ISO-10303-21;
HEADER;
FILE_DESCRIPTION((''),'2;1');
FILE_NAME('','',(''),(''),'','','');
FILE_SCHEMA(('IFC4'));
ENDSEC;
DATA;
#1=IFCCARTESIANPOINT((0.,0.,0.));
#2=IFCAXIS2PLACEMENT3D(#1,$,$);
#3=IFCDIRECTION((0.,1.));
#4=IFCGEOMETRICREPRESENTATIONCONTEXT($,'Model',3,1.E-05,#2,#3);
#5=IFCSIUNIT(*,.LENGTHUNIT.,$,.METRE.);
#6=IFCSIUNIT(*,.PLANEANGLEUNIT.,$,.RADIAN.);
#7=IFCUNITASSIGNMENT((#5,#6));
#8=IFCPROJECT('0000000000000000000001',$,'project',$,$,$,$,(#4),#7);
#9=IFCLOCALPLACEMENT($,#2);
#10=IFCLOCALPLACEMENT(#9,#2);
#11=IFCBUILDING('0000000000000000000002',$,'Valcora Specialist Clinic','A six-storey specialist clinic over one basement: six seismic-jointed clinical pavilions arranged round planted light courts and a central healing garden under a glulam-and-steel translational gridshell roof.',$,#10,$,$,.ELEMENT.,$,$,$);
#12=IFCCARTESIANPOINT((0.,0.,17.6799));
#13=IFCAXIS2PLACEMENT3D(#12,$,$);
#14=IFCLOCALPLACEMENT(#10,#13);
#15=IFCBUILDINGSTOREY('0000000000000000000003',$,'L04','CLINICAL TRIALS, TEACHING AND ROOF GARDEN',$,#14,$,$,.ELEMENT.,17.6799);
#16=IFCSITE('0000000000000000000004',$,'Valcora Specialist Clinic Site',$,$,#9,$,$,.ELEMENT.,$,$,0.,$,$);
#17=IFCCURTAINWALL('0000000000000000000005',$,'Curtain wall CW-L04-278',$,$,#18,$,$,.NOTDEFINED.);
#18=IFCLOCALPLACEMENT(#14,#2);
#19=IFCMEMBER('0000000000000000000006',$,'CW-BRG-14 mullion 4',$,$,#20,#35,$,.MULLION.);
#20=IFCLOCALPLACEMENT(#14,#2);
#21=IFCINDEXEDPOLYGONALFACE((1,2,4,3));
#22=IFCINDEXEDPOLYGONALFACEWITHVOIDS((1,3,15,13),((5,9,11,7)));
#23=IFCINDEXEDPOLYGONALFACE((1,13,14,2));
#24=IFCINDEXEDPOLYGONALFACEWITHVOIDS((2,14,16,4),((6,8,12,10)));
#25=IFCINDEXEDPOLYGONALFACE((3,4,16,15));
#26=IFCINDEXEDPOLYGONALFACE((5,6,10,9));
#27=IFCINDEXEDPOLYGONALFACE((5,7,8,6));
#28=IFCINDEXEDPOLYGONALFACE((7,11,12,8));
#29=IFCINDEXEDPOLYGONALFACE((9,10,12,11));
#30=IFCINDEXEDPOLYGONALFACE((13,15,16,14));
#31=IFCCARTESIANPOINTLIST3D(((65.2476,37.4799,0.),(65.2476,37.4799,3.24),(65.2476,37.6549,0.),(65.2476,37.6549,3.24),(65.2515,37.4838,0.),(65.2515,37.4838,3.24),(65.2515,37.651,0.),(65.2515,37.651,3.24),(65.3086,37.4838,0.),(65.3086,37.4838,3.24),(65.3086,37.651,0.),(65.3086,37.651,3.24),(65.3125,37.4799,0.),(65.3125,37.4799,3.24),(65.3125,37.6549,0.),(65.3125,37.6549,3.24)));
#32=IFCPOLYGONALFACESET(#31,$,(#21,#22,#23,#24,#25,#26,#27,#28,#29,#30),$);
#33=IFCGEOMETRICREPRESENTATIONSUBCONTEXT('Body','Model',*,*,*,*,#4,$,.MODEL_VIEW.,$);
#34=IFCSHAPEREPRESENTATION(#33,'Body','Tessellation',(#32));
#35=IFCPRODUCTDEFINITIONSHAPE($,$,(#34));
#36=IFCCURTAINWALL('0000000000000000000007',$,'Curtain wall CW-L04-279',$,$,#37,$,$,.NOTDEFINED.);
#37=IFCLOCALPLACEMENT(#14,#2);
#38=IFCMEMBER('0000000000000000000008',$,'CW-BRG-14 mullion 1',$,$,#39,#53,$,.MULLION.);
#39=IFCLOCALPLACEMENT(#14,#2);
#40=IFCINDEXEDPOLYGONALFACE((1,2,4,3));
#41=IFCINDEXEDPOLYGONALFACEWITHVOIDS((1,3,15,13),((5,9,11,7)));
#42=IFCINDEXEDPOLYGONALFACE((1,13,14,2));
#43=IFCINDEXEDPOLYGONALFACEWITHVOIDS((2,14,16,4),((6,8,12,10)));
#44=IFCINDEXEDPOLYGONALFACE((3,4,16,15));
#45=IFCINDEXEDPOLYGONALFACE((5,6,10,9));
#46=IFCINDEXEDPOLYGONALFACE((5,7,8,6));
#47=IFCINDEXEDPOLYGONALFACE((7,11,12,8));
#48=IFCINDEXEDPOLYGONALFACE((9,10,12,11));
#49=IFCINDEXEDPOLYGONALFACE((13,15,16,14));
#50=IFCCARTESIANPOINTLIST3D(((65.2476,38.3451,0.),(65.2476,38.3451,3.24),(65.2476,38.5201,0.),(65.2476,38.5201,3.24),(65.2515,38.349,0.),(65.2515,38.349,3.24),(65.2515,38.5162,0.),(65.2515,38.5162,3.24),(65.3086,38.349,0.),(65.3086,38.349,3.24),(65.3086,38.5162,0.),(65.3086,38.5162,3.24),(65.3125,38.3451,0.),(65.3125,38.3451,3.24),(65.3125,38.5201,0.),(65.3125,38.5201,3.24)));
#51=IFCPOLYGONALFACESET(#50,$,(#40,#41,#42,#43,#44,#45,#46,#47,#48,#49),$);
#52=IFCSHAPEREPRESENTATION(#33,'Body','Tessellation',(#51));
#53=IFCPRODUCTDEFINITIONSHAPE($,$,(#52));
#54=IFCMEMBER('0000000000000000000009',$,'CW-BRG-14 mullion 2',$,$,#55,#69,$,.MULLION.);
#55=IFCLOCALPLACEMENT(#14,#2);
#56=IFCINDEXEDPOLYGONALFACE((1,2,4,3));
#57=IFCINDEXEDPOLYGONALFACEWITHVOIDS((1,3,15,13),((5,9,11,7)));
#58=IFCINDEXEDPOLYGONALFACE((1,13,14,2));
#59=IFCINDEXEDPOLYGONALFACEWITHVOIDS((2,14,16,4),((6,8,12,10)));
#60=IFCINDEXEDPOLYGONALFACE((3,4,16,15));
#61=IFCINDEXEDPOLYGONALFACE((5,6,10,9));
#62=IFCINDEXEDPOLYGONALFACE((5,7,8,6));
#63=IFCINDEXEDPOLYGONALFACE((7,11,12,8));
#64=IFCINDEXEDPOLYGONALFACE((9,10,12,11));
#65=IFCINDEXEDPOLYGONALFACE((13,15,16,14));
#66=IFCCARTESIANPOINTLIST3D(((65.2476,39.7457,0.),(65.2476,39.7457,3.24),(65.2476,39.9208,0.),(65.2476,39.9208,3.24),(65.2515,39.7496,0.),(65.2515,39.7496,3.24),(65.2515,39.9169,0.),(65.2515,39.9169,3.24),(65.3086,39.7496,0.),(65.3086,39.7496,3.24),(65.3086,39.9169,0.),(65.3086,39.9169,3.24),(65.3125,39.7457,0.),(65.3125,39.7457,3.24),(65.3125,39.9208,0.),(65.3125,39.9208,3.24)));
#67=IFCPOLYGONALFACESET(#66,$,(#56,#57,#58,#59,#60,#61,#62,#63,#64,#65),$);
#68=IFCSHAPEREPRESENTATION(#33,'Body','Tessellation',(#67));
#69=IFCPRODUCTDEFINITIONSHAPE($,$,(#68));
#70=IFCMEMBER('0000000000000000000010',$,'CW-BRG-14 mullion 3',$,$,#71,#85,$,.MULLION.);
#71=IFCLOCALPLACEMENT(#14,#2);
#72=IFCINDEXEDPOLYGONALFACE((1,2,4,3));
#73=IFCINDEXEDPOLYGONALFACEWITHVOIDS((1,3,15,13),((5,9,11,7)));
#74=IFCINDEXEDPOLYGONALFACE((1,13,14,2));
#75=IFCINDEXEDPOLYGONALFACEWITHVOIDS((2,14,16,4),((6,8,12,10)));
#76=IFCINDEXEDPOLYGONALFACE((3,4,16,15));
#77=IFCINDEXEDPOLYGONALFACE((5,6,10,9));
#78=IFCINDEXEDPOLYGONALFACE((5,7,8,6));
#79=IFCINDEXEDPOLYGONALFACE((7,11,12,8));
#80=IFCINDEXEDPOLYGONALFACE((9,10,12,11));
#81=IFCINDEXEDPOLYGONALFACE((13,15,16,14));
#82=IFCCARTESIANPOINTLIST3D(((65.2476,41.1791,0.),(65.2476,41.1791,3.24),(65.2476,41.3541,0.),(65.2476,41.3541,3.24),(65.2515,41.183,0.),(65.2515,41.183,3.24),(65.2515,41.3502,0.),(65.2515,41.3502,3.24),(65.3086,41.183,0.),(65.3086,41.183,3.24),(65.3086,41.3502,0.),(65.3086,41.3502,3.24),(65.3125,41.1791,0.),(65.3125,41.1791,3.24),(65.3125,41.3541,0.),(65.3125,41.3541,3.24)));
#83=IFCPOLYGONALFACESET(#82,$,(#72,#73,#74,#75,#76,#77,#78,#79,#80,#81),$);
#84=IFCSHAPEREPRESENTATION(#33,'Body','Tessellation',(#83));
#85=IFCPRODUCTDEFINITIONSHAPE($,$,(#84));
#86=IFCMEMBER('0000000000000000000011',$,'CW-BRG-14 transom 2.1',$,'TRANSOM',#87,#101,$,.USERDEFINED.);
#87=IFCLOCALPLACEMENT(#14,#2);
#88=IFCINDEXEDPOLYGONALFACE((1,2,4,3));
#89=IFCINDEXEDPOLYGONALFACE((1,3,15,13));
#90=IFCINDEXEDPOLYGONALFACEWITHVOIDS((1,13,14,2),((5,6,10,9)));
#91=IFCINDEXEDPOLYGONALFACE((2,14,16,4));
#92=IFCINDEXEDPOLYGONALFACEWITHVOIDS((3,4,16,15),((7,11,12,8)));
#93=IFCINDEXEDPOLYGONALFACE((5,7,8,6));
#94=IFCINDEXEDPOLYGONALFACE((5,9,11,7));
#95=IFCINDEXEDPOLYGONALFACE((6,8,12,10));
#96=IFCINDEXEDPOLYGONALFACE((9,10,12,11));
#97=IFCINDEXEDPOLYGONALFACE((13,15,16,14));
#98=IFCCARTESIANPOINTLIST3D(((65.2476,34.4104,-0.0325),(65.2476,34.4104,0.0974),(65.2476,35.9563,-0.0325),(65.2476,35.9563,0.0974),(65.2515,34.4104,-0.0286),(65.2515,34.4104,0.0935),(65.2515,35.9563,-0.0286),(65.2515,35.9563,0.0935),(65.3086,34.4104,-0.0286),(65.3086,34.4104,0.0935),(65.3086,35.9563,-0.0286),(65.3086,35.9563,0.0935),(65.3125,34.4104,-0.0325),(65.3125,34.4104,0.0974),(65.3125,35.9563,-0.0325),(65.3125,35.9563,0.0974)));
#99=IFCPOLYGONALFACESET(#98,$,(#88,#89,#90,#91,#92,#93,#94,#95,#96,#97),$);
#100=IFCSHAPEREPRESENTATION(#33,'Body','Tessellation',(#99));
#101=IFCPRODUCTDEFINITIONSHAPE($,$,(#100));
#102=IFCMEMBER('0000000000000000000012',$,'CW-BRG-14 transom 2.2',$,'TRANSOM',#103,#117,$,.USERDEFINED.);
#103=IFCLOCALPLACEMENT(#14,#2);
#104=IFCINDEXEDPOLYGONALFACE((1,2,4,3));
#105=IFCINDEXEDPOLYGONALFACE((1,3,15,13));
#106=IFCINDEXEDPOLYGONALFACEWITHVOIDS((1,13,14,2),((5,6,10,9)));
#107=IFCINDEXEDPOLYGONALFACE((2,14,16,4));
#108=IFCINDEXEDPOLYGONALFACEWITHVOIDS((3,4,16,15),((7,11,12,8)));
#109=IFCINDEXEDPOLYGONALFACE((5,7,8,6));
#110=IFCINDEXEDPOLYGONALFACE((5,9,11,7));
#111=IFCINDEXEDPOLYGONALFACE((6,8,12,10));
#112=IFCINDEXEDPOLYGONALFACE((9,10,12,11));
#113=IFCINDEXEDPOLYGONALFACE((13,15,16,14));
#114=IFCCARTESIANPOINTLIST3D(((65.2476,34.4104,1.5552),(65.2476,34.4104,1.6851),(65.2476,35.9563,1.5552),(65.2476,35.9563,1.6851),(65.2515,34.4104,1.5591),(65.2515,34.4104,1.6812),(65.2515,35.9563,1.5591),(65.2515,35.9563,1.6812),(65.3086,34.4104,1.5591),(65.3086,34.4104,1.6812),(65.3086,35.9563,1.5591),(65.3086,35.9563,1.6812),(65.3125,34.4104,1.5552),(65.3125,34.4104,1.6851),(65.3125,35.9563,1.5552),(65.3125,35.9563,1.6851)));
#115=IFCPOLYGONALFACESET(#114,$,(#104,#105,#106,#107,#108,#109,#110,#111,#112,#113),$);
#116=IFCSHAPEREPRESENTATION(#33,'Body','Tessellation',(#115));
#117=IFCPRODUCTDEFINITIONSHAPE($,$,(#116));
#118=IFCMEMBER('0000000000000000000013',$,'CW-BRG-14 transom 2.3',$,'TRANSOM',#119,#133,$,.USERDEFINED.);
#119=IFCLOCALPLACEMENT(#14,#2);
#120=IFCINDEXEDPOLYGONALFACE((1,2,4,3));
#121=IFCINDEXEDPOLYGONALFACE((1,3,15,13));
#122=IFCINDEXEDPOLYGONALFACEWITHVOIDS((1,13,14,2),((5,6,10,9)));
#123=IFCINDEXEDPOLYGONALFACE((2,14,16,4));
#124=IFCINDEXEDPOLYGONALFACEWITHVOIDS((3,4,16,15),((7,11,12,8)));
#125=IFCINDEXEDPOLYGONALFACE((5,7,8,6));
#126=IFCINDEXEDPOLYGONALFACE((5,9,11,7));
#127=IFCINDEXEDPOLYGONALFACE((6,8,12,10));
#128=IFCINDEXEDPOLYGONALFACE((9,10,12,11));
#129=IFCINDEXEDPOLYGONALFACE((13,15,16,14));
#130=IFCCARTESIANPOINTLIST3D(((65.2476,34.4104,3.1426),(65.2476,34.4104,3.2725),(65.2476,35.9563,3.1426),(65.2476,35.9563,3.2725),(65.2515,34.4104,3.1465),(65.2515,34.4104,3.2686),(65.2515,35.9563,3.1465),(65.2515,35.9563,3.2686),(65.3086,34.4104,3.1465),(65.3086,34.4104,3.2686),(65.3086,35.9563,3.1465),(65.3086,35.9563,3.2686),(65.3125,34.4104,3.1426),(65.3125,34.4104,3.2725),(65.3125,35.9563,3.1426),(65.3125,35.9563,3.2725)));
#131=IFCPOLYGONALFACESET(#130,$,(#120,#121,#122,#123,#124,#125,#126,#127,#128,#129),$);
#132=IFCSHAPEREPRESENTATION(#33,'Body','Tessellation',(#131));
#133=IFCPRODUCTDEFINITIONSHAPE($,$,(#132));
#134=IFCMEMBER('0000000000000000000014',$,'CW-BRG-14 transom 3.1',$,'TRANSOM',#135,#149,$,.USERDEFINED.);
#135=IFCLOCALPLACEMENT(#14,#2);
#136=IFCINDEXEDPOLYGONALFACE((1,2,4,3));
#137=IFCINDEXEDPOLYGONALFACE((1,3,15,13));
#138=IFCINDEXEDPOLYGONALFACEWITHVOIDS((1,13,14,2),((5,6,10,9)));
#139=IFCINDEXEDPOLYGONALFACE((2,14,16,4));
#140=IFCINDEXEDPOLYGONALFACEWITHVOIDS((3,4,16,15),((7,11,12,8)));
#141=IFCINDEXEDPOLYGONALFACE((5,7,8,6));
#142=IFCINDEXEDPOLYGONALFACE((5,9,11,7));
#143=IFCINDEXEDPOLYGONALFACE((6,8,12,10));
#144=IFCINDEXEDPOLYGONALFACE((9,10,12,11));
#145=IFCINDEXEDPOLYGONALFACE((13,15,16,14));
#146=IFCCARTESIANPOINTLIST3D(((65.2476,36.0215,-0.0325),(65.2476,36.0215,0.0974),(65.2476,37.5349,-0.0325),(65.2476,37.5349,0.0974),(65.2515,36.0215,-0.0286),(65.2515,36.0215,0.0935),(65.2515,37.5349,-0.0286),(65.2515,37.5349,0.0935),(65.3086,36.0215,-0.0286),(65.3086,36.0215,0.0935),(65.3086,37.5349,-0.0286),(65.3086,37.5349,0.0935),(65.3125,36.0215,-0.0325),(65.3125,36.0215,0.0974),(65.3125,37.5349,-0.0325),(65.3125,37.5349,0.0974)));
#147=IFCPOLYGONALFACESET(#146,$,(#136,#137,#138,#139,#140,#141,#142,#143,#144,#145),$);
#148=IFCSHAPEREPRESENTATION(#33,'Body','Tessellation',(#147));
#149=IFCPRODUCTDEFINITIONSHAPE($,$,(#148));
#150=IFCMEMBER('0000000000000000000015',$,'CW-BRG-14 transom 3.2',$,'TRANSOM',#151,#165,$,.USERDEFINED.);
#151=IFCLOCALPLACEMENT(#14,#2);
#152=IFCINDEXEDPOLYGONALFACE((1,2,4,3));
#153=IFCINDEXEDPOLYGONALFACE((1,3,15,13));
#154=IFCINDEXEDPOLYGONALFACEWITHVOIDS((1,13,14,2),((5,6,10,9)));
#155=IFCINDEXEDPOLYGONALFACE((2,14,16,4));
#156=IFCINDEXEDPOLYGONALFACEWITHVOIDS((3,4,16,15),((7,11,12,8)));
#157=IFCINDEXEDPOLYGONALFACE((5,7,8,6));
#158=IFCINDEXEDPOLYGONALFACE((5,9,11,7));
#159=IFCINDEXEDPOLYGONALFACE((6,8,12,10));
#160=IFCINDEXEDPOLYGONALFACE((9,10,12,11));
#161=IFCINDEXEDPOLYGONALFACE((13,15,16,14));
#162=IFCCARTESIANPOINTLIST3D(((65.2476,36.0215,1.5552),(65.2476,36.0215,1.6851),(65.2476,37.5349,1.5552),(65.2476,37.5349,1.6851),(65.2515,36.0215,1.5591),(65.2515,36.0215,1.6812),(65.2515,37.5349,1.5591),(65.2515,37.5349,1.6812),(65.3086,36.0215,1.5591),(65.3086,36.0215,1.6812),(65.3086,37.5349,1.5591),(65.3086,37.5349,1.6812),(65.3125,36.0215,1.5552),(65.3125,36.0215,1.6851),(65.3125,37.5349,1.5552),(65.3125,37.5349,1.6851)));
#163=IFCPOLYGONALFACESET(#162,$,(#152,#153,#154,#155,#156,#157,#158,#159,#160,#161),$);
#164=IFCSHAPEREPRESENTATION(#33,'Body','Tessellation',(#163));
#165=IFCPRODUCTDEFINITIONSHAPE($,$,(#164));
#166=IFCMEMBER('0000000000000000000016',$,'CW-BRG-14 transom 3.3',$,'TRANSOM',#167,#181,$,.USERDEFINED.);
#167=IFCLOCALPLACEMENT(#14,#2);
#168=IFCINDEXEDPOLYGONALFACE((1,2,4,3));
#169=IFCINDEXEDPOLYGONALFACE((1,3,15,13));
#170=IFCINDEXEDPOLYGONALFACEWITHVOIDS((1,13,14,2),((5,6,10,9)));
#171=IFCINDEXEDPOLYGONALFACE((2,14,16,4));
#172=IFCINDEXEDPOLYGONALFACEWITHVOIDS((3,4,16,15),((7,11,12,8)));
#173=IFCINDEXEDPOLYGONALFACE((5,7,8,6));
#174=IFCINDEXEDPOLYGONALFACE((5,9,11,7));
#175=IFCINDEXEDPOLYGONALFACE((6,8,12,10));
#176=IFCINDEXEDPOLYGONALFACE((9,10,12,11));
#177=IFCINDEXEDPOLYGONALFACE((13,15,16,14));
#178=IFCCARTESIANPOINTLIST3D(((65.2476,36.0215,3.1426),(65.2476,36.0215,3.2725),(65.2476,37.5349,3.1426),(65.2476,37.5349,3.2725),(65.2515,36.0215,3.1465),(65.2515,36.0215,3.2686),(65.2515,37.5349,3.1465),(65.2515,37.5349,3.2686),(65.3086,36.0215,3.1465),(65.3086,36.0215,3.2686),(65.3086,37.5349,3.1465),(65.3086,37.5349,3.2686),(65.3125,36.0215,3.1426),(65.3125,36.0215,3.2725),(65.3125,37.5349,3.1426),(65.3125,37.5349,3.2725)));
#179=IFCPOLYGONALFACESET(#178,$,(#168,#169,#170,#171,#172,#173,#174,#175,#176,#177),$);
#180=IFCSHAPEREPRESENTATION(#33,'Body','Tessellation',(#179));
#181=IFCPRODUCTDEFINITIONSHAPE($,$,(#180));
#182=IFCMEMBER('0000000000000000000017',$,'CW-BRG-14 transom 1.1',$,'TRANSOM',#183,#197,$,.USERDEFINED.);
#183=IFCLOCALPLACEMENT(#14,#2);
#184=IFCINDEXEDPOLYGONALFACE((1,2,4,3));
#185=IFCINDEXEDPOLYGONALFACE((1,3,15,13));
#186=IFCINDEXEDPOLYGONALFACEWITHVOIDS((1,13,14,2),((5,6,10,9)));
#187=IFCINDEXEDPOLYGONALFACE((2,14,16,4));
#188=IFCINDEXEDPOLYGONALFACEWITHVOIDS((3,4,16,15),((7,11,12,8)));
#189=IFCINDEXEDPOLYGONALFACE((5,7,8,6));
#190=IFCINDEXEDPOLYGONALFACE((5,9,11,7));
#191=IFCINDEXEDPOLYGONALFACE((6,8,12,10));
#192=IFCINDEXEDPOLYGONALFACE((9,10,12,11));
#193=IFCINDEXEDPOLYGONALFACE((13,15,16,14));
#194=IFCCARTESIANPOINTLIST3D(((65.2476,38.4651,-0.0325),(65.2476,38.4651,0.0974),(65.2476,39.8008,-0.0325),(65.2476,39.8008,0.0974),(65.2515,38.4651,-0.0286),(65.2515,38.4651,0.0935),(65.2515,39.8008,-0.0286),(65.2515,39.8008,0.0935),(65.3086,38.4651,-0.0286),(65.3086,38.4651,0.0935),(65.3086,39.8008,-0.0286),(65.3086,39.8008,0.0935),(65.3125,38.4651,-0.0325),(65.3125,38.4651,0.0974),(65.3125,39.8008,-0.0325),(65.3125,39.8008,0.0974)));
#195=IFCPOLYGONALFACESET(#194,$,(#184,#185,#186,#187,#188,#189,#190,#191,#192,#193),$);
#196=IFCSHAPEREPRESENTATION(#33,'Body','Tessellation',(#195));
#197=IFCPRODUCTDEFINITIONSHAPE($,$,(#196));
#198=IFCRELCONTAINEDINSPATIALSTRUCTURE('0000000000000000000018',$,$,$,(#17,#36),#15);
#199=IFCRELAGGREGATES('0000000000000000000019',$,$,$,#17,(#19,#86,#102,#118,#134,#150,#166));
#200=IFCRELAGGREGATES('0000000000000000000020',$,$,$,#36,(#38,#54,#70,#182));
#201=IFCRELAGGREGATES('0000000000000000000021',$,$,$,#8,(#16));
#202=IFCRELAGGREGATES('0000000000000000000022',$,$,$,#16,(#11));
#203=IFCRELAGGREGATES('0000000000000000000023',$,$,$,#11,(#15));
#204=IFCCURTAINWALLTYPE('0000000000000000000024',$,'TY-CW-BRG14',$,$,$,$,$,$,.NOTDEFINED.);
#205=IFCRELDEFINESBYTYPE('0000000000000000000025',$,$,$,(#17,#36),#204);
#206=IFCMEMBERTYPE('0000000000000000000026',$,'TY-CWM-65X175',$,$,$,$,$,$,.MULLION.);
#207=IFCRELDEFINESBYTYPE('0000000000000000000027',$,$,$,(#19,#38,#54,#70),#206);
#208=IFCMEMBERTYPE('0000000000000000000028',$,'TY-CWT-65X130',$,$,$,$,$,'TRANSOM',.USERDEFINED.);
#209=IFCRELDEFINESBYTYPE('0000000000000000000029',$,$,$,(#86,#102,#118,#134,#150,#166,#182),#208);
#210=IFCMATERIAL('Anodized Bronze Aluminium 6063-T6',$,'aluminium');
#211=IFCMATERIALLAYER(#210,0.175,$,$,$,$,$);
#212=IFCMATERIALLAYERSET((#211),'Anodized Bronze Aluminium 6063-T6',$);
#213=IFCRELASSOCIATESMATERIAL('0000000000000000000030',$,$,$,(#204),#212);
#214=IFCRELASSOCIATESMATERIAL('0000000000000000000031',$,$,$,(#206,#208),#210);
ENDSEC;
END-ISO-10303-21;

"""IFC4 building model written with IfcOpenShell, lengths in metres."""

from ifc_helpers import new_model, si_unit, direction, frame, origin, origin_2d, place, context, subcontext, project, spatial, hollow_rectangle, extrude, material, layer, layer_set, material_profile, profile_set, type_object, element, aggregate, save


model = new_model("IFC4")

# Units and contexts
model_context = context("Model", 3, precision=1e-05, world=origin(), true_north=direction((0.0, 1.0)))
body_context = subcontext(model_context, "Body", "Model", "MODEL_VIEW")
ifc_project = project(units=[si_unit("LENGTHUNIT", "METRE"), si_unit("PLANEANGLEUNIT", "RADIAN")], contexts=[model_context])

# Site, building, storey
site_placement = place(None, origin())
site = spatial("IfcSite", under=ifc_project, at=site_placement, Name="Valcora Specialist Clinic Site", CompositionType="ELEMENT", RefElevation=0.0)
building_placement = place(site_placement, origin())
building = spatial("IfcBuilding", under=site, at=building_placement, Name="Valcora Specialist Clinic", Description="A six-storey specialist clinic over one basement: six seismic-jointed clinical pavilions arranged round planted light courts and a central healing garden under a glulam-and-steel translational gridshell roof.", CompositionType="ELEMENT")
storey_placement = place(building_placement, frame((0.0, 0.0, 17.6799)))
storey = spatial("IfcBuildingStorey", under=building, at=storey_placement, Name="L04", Description="CLINICAL TRIALS, TEACHING AND ROOF GARDEN", CompositionType="ELEMENT", Elevation=17.6799)

# Curtain walls, members
ifc_material_1 = material(Name="Anodized Bronze Aluminium 6063-T6", Category="aluminium")
ifc_layer_1 = layer(ifc_material_1, 0.175)
ifc_layer_set_1 = layer_set([ifc_layer_1], Name="Anodized Bronze Aluminium 6063-T6")
curtain_wall_type = type_object("IfcCurtainWallType", Name="TY-CW-BRG14", PredefinedType="NOTDEFINED", material=ifc_layer_set_1)
curtain_wall_1_placement = place(storey_placement, origin())
curtain_wall_1 = element("IfcCurtainWall", 1, at=curtain_wall_1_placement, inside=storey, type_object=curtain_wall_type, Name="Curtain wall CW-L04-278", PredefinedType="NOTDEFINED")
ifc_material_profile_1 = material_profile(ifc_material_1, hollow_rectangle(XDim=0.0649, YDim=0.175, WallThickness=0.0039, at=origin_2d()), Name="AL-MUL-65X175")
ifc_profile_set_1 = profile_set([ifc_material_profile_1], Name="Anodized Bronze Aluminium 6063-T6")
member_type_1 = type_object("IfcMemberType", Name="TY-CWM-65X175", PredefinedType="MULLION", material=ifc_profile_set_1)
member_1_placement = place(storey_placement, frame((65.28, 37.5674, 0.0), z_axis=(0.0, 0.0, 1.0), x_axis=(-1.0, 0.0, 0.0)))
member_1 = element("IfcMember", 2, at=member_1_placement, type_object=member_type_1, Name="CW-BRG-14 mullion 4", PredefinedType="MULLION", context=body_context, shape_type="SweptSolid", body=[
    extrude(hollow_rectangle(XDim=0.0649, YDim=0.175, WallThickness=0.0039, at=origin_2d()), origin(), (0.0, 0.0, 1.0), 3.24),
])
curtain_wall_2_placement = place(storey_placement, origin())
curtain_wall_2 = element("IfcCurtainWall", 3, at=curtain_wall_2_placement, inside=storey, type_object=curtain_wall_type, Name="Curtain wall CW-L04-279", PredefinedType="NOTDEFINED")
member_2_placement = place(storey_placement, frame((65.28, 38.4326, 0.0), z_axis=(0.0, 0.0, 1.0), x_axis=(-1.0, 0.0, 0.0)))
member_2 = element("IfcMember", 4, at=member_2_placement, type_object=member_type_1, Name="CW-BRG-14 mullion 1", PredefinedType="MULLION", context=body_context, shape_type="SweptSolid", body=[
    extrude(hollow_rectangle(XDim=0.0649, YDim=0.175, WallThickness=0.0039, at=origin_2d()), origin(), (0.0, 0.0, 1.0), 3.24),
])
member_3_placement = place(storey_placement, frame((65.28, 39.8333, 0.0), z_axis=(0.0, 0.0, 1.0), x_axis=(-1.0, 0.0, 0.0)))
member_3 = element("IfcMember", 5, at=member_3_placement, type_object=member_type_1, Name="CW-BRG-14 mullion 2", PredefinedType="MULLION", context=body_context, shape_type="SweptSolid", body=[
    extrude(hollow_rectangle(XDim=0.0649, YDim=0.175, WallThickness=0.0039, at=origin_2d()), origin(), (0.0, 0.0, 1.0), 3.24),
])
member_4_placement = place(storey_placement, frame((65.28, 41.2666, 0.0), z_axis=(0.0, 0.0, 1.0), x_axis=(-1.0, 0.0, 0.0)))
member_4 = element("IfcMember", 6, at=member_4_placement, type_object=member_type_1, Name="CW-BRG-14 mullion 3", PredefinedType="MULLION", context=body_context, shape_type="SweptSolid", body=[
    extrude(hollow_rectangle(XDim=0.0649, YDim=0.175, WallThickness=0.0039, at=origin_2d()), origin(), (0.0, 0.0, 1.0), 3.24),
])

# Members
ifc_material_profile_2 = material_profile(ifc_material_1, hollow_rectangle(XDim=0.0649, YDim=0.1299, WallThickness=0.0039, at=origin_2d()), Name="AL-TRN-65X130")
ifc_profile_set_2 = profile_set([ifc_material_profile_2], Name="Anodized Bronze Aluminium 6063-T6")
member_type_2 = type_object("IfcMemberType", Name="TY-CWT-65X130", ElementType="TRANSOM", PredefinedType="USERDEFINED", material=ifc_profile_set_2)
member_5_placement = place(storey_placement, frame((65.28, 34.4104, 0.0325), z_axis=(0.0, 1.0, 0.0), x_axis=(-1.0, 0.0, 0.0)))
member_5 = element("IfcMember", 7, at=member_5_placement, type_object=member_type_2, Name="CW-BRG-14 transom 2.1", ObjectType="TRANSOM", PredefinedType="USERDEFINED", context=body_context, shape_type="SweptSolid", body=[
    extrude(hollow_rectangle(XDim=0.0649, YDim=0.1299, WallThickness=0.0039, at=origin_2d()), origin(), (0.0, 0.0, 1.0), 1.5459),
])
member_6_placement = place(storey_placement, frame((65.28, 34.4104, 1.6201), z_axis=(0.0, 1.0, 0.0), x_axis=(-1.0, 0.0, 0.0)))
member_6 = element("IfcMember", 8, at=member_6_placement, type_object=member_type_2, Name="CW-BRG-14 transom 2.2", ObjectType="TRANSOM", PredefinedType="USERDEFINED", context=body_context, shape_type="SweptSolid", body=[
    extrude(hollow_rectangle(XDim=0.0649, YDim=0.1299, WallThickness=0.0039, at=origin_2d()), origin(), (0.0, 0.0, 1.0), 1.5459),
])
member_7_placement = place(storey_placement, frame((65.28, 34.4104, 3.2075), z_axis=(0.0, 1.0, 0.0), x_axis=(-1.0, 0.0, 0.0)))
member_7 = element("IfcMember", 9, at=member_7_placement, type_object=member_type_2, Name="CW-BRG-14 transom 2.3", ObjectType="TRANSOM", PredefinedType="USERDEFINED", context=body_context, shape_type="SweptSolid", body=[
    extrude(hollow_rectangle(XDim=0.0649, YDim=0.1299, WallThickness=0.0039, at=origin_2d()), origin(), (0.0, 0.0, 1.0), 1.5459),
])
member_8_placement = place(storey_placement, frame((65.28, 36.0215, 0.0325), z_axis=(0.0, 1.0, 0.0), x_axis=(-1.0, 0.0, 0.0)))
member_8 = element("IfcMember", 10, at=member_8_placement, type_object=member_type_2, Name="CW-BRG-14 transom 3.1", ObjectType="TRANSOM", PredefinedType="USERDEFINED", context=body_context, shape_type="SweptSolid", body=[
    extrude(hollow_rectangle(XDim=0.0649, YDim=0.1299, WallThickness=0.0039, at=origin_2d()), origin(), (0.0, 0.0, 1.0), 1.5134),
])
member_9_placement = place(storey_placement, frame((65.28, 36.0215, 1.6201), z_axis=(0.0, 1.0, 0.0), x_axis=(-1.0, 0.0, 0.0)))
member_9 = element("IfcMember", 11, at=member_9_placement, type_object=member_type_2, Name="CW-BRG-14 transom 3.2", ObjectType="TRANSOM", PredefinedType="USERDEFINED", context=body_context, shape_type="SweptSolid", body=[
    extrude(hollow_rectangle(XDim=0.0649, YDim=0.1299, WallThickness=0.0039, at=origin_2d()), origin(), (0.0, 0.0, 1.0), 1.5134),
])
member_10_placement = place(storey_placement, frame((65.28, 36.0215, 3.2075), z_axis=(0.0, 1.0, 0.0), x_axis=(-1.0, 0.0, 0.0)))
member_10 = element("IfcMember", 12, at=member_10_placement, type_object=member_type_2, Name="CW-BRG-14 transom 3.3", ObjectType="TRANSOM", PredefinedType="USERDEFINED", context=body_context, shape_type="SweptSolid", body=[
    extrude(hollow_rectangle(XDim=0.0649, YDim=0.1299, WallThickness=0.0039, at=origin_2d()), origin(), (0.0, 0.0, 1.0), 1.5134),
])
member_11_placement = place(storey_placement, frame((65.28, 38.4651, 0.0325), z_axis=(0.0, 1.0, 0.0), x_axis=(-1.0, 0.0, 0.0)))
member_11 = element("IfcMember", 13, at=member_11_placement, type_object=member_type_2, Name="CW-BRG-14 transom 1.1", ObjectType="TRANSOM", PredefinedType="USERDEFINED", context=body_context, shape_type="SweptSolid", body=[
    extrude(hollow_rectangle(XDim=0.0649, YDim=0.1299, WallThickness=0.0039, at=origin_2d()), origin(), (0.0, 0.0, 1.0), 1.3357),
])

aggregate(curtain_wall_1, [member_1, member_5, member_6, member_7, member_8, member_9, member_10])
aggregate(curtain_wall_2, [member_2, member_3, member_4, member_11])

save(model, "model.ifc")
